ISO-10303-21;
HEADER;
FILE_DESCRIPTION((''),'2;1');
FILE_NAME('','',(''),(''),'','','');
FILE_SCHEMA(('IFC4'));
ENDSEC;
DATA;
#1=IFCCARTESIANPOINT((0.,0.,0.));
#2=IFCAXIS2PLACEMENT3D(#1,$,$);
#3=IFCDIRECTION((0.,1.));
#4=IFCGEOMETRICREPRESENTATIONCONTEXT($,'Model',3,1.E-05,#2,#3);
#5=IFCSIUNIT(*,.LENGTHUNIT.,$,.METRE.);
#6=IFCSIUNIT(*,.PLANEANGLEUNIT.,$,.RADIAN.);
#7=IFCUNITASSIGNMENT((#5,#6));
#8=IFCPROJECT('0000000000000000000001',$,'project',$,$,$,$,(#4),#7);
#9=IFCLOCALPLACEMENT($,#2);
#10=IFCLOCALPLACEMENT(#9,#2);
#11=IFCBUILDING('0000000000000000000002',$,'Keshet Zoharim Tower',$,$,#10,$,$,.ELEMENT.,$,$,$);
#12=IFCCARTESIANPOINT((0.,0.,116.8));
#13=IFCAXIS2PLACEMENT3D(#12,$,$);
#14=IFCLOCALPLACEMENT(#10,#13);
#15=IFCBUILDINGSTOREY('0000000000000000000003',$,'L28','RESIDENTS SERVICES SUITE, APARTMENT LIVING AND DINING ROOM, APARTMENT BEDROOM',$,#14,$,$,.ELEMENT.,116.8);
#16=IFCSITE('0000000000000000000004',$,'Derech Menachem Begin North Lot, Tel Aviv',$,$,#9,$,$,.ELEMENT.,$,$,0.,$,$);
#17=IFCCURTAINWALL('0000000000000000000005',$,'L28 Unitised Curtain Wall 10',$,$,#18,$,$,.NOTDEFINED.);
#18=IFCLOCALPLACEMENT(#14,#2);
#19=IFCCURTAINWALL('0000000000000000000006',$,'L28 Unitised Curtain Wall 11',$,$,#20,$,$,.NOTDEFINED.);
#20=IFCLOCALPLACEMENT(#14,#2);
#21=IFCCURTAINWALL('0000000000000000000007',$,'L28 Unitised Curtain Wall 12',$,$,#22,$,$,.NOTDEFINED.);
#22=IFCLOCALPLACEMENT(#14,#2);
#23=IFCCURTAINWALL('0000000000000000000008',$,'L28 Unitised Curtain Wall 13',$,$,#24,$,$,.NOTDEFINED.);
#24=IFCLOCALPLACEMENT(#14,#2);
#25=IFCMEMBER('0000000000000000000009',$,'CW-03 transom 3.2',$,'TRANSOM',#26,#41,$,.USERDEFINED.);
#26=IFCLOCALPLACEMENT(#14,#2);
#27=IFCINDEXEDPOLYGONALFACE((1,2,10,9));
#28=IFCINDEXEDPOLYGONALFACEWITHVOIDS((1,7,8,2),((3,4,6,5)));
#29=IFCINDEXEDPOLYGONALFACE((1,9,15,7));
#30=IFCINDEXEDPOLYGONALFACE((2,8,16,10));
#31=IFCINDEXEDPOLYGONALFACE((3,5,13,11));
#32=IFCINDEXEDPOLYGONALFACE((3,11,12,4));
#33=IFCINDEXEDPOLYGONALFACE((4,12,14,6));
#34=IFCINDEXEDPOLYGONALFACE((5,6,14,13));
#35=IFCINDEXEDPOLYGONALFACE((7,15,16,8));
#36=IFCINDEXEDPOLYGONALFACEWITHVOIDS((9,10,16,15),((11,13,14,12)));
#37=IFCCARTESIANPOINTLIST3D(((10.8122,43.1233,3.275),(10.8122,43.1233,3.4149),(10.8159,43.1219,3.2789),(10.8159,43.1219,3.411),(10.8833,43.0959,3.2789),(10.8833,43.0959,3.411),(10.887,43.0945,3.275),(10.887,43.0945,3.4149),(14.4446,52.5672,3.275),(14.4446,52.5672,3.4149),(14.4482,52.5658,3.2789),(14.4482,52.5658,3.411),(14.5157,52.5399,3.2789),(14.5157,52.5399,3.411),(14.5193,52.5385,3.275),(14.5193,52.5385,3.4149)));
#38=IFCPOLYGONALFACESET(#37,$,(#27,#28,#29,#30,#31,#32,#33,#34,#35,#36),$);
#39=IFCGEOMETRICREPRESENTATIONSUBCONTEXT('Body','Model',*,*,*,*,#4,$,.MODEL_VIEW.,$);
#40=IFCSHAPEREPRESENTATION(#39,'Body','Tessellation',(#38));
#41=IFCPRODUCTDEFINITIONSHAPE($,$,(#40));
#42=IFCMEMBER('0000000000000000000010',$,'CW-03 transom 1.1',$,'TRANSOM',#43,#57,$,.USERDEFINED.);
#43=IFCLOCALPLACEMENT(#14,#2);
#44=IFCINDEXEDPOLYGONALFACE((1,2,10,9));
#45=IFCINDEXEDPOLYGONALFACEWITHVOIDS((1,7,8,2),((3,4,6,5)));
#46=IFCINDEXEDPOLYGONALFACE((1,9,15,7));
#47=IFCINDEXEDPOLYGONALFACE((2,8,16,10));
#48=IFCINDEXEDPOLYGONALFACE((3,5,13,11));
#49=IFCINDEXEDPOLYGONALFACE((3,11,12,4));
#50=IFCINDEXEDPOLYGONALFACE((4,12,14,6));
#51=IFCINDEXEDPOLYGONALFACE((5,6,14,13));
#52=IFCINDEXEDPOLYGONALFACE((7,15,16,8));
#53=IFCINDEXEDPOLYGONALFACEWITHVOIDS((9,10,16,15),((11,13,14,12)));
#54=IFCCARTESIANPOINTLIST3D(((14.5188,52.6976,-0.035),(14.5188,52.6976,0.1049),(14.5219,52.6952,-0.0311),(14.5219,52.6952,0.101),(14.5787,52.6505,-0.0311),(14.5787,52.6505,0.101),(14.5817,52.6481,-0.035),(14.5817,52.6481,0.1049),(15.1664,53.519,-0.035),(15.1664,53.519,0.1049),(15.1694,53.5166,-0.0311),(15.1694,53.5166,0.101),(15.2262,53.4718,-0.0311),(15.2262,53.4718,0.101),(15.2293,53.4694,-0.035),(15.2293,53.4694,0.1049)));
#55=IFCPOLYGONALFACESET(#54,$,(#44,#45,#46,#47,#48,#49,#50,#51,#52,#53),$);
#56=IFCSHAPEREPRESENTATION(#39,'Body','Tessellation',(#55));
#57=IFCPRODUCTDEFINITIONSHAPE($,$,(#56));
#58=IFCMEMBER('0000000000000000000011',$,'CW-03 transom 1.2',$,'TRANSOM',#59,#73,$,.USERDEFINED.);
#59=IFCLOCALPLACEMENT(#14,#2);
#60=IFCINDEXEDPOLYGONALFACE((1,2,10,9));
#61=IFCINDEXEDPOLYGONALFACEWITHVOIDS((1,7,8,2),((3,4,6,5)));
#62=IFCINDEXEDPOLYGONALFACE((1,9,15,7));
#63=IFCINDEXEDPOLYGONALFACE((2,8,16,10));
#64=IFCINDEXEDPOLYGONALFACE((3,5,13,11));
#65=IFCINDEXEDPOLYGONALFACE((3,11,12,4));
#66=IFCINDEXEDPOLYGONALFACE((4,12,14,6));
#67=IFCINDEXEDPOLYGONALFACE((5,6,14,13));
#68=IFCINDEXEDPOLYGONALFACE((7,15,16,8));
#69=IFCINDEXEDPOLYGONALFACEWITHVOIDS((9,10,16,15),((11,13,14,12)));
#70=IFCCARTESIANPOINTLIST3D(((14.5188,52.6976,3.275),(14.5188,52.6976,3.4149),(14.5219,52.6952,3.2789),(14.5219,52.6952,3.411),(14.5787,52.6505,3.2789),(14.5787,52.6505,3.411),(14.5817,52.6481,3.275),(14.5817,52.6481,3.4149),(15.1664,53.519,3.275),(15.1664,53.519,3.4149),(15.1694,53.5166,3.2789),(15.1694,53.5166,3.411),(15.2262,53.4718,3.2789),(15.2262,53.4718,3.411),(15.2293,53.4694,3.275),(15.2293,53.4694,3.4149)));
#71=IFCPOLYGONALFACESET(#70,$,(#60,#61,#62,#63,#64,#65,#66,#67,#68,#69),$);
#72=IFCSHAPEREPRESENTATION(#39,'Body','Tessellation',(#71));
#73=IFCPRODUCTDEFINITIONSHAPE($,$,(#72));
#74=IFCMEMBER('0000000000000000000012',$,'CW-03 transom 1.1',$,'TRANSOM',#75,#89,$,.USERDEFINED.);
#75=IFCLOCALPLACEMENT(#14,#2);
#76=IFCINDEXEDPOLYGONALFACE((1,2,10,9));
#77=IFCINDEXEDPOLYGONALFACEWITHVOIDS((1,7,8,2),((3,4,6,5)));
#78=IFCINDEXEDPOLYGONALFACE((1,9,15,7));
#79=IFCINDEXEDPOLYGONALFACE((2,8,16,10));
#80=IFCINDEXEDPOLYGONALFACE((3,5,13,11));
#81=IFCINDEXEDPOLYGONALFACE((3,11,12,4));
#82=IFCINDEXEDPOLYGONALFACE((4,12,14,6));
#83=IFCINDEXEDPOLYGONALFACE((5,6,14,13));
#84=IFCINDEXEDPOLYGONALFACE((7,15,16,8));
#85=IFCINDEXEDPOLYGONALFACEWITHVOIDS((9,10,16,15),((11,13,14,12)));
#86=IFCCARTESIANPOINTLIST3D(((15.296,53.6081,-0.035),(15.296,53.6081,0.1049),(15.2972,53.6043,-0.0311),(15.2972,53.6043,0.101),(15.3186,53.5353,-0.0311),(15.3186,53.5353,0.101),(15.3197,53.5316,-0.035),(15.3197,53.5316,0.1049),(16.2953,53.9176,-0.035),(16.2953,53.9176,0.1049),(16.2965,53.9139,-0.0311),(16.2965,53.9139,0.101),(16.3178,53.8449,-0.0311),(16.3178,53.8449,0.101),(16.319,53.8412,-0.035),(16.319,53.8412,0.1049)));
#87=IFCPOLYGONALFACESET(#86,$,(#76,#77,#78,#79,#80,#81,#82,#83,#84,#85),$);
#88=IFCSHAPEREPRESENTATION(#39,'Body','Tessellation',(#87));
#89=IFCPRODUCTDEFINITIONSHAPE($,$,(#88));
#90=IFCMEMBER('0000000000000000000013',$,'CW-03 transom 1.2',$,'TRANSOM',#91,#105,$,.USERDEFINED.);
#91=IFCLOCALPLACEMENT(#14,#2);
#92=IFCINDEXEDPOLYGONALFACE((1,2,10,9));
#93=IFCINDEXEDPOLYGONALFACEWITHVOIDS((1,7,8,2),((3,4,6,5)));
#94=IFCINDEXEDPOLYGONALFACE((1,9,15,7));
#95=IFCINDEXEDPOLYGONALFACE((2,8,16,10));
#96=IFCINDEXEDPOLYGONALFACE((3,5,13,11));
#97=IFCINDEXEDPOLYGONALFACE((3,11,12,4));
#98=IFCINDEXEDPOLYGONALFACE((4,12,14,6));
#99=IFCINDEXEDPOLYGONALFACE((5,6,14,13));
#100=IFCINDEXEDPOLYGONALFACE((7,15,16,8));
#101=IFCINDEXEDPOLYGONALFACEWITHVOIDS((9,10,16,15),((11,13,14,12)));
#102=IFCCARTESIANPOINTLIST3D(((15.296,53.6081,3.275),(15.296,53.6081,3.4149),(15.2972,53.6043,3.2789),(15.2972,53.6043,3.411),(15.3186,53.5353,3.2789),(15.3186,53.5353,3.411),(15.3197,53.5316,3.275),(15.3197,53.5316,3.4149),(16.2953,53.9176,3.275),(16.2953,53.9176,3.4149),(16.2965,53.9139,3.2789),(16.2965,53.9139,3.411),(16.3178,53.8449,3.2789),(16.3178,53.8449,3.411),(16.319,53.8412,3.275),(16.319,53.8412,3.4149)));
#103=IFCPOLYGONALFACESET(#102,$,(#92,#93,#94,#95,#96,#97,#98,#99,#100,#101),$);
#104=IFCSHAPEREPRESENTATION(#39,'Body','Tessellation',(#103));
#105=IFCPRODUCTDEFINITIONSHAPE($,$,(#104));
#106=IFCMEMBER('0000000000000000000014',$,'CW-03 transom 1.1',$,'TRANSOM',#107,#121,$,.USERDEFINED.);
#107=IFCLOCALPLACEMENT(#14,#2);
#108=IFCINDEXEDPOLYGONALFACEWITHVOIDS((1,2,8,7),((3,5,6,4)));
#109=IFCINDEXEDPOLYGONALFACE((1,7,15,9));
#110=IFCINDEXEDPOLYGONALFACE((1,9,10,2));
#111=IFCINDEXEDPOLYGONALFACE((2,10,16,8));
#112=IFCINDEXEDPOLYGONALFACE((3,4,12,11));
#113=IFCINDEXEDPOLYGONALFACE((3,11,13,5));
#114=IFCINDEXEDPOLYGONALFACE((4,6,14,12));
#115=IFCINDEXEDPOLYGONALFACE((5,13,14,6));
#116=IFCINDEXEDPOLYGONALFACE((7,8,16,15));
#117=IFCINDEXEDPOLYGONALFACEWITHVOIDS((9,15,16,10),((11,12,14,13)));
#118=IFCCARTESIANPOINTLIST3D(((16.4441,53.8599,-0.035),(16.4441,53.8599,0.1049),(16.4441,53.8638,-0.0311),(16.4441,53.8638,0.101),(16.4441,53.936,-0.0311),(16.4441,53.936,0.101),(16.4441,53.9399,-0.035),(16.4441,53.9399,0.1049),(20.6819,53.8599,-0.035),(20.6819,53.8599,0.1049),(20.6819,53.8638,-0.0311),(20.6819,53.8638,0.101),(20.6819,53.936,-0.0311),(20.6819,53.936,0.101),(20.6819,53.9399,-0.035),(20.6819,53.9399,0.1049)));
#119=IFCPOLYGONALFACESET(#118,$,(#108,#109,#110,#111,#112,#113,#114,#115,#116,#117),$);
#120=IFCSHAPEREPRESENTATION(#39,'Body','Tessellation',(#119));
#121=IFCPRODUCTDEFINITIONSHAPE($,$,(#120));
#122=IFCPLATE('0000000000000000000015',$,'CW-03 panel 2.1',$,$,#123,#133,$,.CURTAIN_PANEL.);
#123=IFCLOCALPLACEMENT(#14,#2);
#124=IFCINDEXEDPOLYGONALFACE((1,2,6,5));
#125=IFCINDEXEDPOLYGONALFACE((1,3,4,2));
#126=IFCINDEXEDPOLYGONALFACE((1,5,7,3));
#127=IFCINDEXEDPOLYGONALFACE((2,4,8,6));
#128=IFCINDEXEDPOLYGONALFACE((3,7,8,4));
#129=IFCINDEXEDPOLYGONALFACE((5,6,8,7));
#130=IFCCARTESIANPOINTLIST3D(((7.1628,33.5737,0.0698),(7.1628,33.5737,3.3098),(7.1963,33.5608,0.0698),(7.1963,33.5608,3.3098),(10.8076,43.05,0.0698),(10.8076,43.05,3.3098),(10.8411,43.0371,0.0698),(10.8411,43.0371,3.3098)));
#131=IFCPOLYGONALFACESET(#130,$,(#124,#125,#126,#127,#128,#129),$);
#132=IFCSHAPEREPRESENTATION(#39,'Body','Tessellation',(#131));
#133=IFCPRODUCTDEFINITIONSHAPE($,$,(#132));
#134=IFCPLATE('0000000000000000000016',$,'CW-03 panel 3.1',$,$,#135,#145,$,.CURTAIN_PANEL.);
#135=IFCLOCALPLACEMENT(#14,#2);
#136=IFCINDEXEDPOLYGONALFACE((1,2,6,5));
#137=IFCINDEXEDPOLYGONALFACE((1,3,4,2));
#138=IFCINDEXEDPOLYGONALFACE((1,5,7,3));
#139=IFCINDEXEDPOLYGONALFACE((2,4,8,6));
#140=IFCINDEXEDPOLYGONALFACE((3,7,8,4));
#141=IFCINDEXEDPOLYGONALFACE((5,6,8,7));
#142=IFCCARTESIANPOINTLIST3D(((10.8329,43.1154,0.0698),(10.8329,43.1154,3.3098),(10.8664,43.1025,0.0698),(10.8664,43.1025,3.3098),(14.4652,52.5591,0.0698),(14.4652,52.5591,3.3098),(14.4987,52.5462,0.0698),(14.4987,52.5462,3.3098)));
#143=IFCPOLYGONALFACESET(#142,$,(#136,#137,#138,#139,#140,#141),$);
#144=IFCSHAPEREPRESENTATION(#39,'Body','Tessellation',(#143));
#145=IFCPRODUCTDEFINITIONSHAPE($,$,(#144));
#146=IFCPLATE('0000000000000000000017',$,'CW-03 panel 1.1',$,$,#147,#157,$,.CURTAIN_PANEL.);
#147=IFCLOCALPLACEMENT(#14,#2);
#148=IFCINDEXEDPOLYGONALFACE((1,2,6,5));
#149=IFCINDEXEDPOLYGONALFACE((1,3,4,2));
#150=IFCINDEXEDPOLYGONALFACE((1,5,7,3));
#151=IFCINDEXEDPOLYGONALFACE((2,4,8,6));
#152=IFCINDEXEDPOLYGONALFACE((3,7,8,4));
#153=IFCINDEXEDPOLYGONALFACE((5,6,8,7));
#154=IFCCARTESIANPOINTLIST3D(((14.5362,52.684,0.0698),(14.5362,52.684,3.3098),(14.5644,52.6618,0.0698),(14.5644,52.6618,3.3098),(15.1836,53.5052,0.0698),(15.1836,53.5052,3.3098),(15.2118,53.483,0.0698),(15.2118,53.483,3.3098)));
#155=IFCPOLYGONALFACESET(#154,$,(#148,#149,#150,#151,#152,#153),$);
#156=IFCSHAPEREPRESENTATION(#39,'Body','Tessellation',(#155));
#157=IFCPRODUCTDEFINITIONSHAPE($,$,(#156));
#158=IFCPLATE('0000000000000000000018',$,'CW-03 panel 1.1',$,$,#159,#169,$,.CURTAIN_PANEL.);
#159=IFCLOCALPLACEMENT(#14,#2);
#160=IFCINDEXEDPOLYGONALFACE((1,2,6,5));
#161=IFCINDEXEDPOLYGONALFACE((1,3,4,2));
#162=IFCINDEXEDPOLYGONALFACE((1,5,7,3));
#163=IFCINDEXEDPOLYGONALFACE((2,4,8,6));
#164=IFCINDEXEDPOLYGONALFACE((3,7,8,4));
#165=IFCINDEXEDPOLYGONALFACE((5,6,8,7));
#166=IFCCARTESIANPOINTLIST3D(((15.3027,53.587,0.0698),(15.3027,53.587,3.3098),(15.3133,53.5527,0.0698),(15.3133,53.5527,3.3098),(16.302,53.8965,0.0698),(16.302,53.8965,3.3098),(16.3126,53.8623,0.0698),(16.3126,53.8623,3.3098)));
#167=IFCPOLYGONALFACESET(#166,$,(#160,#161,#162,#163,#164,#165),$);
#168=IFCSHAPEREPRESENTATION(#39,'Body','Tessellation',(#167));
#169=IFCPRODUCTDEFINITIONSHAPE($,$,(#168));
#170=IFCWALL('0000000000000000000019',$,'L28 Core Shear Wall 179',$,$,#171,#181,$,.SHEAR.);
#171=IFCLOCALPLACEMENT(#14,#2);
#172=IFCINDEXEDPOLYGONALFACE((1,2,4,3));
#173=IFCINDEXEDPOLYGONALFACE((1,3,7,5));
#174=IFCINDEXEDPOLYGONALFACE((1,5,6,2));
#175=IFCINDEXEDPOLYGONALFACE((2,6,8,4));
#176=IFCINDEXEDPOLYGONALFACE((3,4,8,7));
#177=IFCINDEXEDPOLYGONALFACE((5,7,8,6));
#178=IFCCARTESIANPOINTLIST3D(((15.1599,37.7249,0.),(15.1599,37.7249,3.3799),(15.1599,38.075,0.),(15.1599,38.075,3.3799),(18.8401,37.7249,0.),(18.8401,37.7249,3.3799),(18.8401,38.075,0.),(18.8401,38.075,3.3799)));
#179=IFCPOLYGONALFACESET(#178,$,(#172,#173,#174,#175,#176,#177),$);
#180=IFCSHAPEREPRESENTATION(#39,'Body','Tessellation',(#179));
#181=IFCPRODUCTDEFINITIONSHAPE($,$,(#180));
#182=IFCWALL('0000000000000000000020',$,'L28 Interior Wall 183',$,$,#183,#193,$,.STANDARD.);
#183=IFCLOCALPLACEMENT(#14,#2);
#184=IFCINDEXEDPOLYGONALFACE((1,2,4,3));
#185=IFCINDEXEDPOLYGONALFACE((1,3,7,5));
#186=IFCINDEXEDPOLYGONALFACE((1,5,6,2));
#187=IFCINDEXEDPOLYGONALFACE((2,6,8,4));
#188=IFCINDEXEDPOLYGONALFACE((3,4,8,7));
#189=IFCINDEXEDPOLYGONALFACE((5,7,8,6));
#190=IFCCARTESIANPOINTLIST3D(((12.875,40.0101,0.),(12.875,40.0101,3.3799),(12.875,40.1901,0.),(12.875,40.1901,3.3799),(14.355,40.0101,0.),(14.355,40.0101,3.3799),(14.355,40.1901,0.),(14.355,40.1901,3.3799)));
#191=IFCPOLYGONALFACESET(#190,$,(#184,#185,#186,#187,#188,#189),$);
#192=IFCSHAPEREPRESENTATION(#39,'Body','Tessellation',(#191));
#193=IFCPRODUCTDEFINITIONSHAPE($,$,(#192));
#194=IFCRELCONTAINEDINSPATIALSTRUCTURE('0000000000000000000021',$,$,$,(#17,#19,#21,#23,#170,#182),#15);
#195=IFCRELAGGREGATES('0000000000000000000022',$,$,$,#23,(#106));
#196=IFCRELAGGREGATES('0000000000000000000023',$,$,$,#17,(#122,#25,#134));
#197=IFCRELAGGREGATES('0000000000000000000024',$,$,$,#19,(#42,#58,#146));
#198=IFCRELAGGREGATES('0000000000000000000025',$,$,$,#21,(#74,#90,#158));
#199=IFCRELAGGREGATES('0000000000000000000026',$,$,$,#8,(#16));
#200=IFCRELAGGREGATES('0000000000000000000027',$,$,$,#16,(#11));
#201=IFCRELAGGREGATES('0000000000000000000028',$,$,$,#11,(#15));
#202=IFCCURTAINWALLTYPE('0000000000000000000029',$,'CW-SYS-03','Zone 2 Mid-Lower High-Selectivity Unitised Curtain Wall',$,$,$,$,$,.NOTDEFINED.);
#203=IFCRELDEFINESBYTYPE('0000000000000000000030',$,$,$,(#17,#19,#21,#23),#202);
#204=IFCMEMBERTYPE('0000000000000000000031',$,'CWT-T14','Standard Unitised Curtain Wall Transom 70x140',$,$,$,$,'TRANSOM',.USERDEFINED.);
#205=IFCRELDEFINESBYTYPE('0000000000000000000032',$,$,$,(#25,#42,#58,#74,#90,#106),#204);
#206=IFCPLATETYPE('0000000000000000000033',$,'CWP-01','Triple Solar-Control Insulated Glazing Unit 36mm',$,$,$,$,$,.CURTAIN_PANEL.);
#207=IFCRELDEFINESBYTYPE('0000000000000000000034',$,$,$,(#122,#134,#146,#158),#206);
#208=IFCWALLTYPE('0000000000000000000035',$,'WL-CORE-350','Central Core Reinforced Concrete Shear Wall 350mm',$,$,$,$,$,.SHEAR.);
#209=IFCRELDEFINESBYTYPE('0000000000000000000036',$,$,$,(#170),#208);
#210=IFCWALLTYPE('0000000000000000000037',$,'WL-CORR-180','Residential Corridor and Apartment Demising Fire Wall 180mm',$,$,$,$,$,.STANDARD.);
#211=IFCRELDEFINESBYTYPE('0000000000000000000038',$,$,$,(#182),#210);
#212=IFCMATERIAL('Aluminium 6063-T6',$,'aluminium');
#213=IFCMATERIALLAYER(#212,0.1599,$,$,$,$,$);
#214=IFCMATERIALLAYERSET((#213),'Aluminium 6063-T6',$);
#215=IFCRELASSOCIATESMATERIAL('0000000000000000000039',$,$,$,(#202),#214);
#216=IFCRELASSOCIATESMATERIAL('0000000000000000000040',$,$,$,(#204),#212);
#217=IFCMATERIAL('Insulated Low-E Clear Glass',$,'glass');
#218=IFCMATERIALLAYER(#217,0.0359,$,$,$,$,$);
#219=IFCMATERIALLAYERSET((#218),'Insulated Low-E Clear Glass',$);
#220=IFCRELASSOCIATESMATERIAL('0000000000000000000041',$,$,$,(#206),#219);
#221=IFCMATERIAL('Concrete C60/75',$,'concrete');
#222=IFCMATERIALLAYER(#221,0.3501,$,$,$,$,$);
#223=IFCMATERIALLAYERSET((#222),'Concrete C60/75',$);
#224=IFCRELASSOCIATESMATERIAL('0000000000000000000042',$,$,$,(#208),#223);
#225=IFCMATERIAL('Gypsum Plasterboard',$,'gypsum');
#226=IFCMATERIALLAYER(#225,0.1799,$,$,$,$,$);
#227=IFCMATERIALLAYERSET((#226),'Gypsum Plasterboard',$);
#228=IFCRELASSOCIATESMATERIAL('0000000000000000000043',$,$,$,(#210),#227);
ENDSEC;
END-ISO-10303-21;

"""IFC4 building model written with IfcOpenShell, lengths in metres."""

from ifc_helpers import new_model, si_unit, direction, frame, frame_2d, origin, origin_2d, place, context, subcontext, project, spatial, rectangle, hollow_rectangle, extrude, material, layer, layer_set, material_profile, profile_set, type_object, element, aggregate, save


model = new_model("IFC4")

# Units and contexts
model_context = context("Model", 3, precision=1e-05, world=origin(), true_north=direction((0.0, 1.0)))
body_context = subcontext(model_context, "Body", "Model", "MODEL_VIEW")
ifc_project = project(units=[si_unit("LENGTHUNIT", "METRE"), si_unit("PLANEANGLEUNIT", "RADIAN")], contexts=[model_context])

# Site, building, storey
site_placement = place(None, origin())
site = spatial("IfcSite", under=ifc_project, at=site_placement, Name="Derech Menachem Begin North Lot, Tel Aviv", CompositionType="ELEMENT", RefElevation=0.0)
building_placement = place(site_placement, origin())
building = spatial("IfcBuilding", under=site, at=building_placement, Name="Keshet Zoharim Tower", CompositionType="ELEMENT")
storey_placement = place(building_placement, frame((0.0, 0.0, 116.8)))
storey = spatial("IfcBuildingStorey", under=building, at=storey_placement, Name="L28", Description="RESIDENTS SERVICES SUITE, APARTMENT LIVING AND DINING ROOM, APARTMENT BEDROOM", CompositionType="ELEMENT", Elevation=116.8)

# Curtain walls
ifc_material_1 = material(Name="Aluminium 6063-T6", Category="aluminium")
ifc_layer_1 = layer(ifc_material_1, 0.1599)
ifc_layer_set_1 = layer_set([ifc_layer_1], Name="Aluminium 6063-T6")
curtain_wall_type = type_object("IfcCurtainWallType", Name="CW-SYS-03", Description="Zone 2 Mid-Lower High-Selectivity Unitised Curtain Wall", PredefinedType="NOTDEFINED", material=ifc_layer_set_1)
curtain_wall_1_placement = place(storey_placement, origin())
curtain_wall_1 = element("IfcCurtainWall", 1, at=curtain_wall_1_placement, inside=storey, type_object=curtain_wall_type, Name="L28 Unitised Curtain Wall 10", PredefinedType="NOTDEFINED")
curtain_wall_2_placement = place(storey_placement, origin())
curtain_wall_2 = element("IfcCurtainWall", 2, at=curtain_wall_2_placement, inside=storey, type_object=curtain_wall_type, Name="L28 Unitised Curtain Wall 11", PredefinedType="NOTDEFINED")
curtain_wall_3_placement = place(storey_placement, origin())
curtain_wall_3 = element("IfcCurtainWall", 3, at=curtain_wall_3_placement, inside=storey, type_object=curtain_wall_type, Name="L28 Unitised Curtain Wall 12", PredefinedType="NOTDEFINED")

# Curtain wall
curtain_wall_4_placement = place(storey_placement, origin())
curtain_wall_4 = element("IfcCurtainWall", 4, at=curtain_wall_4_placement, inside=storey, type_object=curtain_wall_type, Name="L28 Unitised Curtain Wall 13", PredefinedType="NOTDEFINED")

# Members
ifc_material_profile_1 = material_profile(ifc_material_1, hollow_rectangle(XDim=0.0801, YDim=0.1399, WallThickness=0.0039, at=origin_2d()), Name="TRN-80x140")
ifc_profile_set_1 = profile_set([ifc_material_profile_1], Name="Aluminium 6063-T6")
member_type_1 = type_object("IfcMemberType", Name="CWT-T14", Description="Standard Unitised Curtain Wall Transom 70x140", ElementType="TRANSOM", PredefinedType="USERDEFINED", material=ifc_profile_set_1)
member_1_placement = place(storey_placement, frame((10.8496, 43.1089, 3.345), z_axis=(0.358986, 0.933343, 0.0), x_axis=(-0.933343, 0.358986, 0.0)))
member_1 = element("IfcMember", 5, at=member_1_placement, type_object=member_type_1, Name="CW-03 transom 3.2", ObjectType="TRANSOM", PredefinedType="USERDEFINED", context=body_context, shape_type="SweptSolid", body=[
    extrude(hollow_rectangle(XDim=0.0801, YDim=0.1399, WallThickness=0.0039, at=origin_2d()), origin(), (0.0, 0.0, 1.0), 10.1184),
])
member_2_placement = place(storey_placement, frame((14.5503, 52.6729, 0.0349), z_axis=(0.619099, 0.785313, 0.0), x_axis=(-0.785313, 0.619099, 0.0)))
member_2 = element("IfcMember", 6, at=member_2_placement, type_object=member_type_1, Name="CW-03 transom 1.1", ObjectType="TRANSOM", PredefinedType="USERDEFINED", context=body_context, shape_type="SweptSolid", body=[
    extrude(hollow_rectangle(XDim=0.0801, YDim=0.1399, WallThickness=0.0039, at=origin_2d()), origin(), (0.0, 0.0, 1.0), 1.0459),
])
member_3_placement = place(storey_placement, frame((14.5503, 52.6729, 3.345), z_axis=(0.619099, 0.785313, 0.0), x_axis=(-0.785313, 0.619099, 0.0)))
member_3 = element("IfcMember", 7, at=member_3_placement, type_object=member_type_1, Name="CW-03 transom 1.2", ObjectType="TRANSOM", PredefinedType="USERDEFINED", context=body_context, shape_type="SweptSolid", body=[
    extrude(hollow_rectangle(XDim=0.0801, YDim=0.1399, WallThickness=0.0039, at=origin_2d()), origin(), (0.0, 0.0, 1.0), 1.0459),
])
member_4_placement = place(storey_placement, frame((15.3079, 53.5698, 0.0349), z_axis=(0.955212, 0.295922, 0.0), x_axis=(-0.295922, 0.955212, 0.0)))
member_4 = element("IfcMember", 8, at=member_4_placement, type_object=member_type_1, Name="CW-03 transom 1.1", ObjectType="TRANSOM", PredefinedType="USERDEFINED", context=body_context, shape_type="SweptSolid", body=[
    extrude(hollow_rectangle(XDim=0.0801, YDim=0.1399, WallThickness=0.0039, at=origin_2d()), origin(), (0.0, 0.0, 1.0), 1.0461),
])
member_5_placement = place(storey_placement, frame((15.3079, 53.5698, 3.345), z_axis=(0.955212, 0.295922, 0.0), x_axis=(-0.295922, 0.955212, 0.0)))
member_5 = element("IfcMember", 9, at=member_5_placement, type_object=member_type_1, Name="CW-03 transom 1.2", ObjectType="TRANSOM", PredefinedType="USERDEFINED", context=body_context, shape_type="SweptSolid", body=[
    extrude(hollow_rectangle(XDim=0.0801, YDim=0.1399, WallThickness=0.0039, at=origin_2d()), origin(), (0.0, 0.0, 1.0), 1.0461),
])
member_6_placement = place(storey_placement, frame((16.4441, 53.8999, 0.0349), z_axis=(1.0, 0.0, 0.0), x_axis=(0.0, 1.0, 0.0)))
member_6 = element("IfcMember", 10, at=member_6_placement, type_object=member_type_1, Name="CW-03 transom 1.1", ObjectType="TRANSOM", PredefinedType="USERDEFINED", context=body_context, shape_type="SweptSolid", body=[
    extrude(hollow_rectangle(XDim=0.0801, YDim=0.1399, WallThickness=0.0039, at=origin_2d()), origin(), (0.0, 0.0, 1.0), 4.2378),
])
aggregate(curtain_wall_4, [member_6])

# Plates
ifc_material_2 = material(Name="Insulated Low-E Clear Glass", Category="glass")
ifc_layer_2 = layer(ifc_material_2, 0.0359)
ifc_layer_set_2 = layer_set([ifc_layer_2], Name="Insulated Low-E Clear Glass")
plate_type = type_object("IfcPlateType", Name="CWP-01", Description="Triple Solar-Control Insulated Glazing Unit 36mm", PredefinedType="CURTAIN_PANEL", material=ifc_layer_set_2)
plate_1_placement = place(storey_placement, frame((9.002, 38.3054, 0.0698), z_axis=(0.0, 0.0, 1.0), x_axis=(0.35899, 0.933341, 0.0)))
plate_1 = element("IfcPlate", 11, at=plate_1_placement, type_object=plate_type, Name="CW-03 panel 2.1", PredefinedType="CURTAIN_PANEL", context=body_context, shape_type="SweptSolid", body=[
    extrude(rectangle(XDim=10.1531, YDim=0.0359, at=origin_2d()), origin(), (0.0, 0.0, 1.0), 3.24),
])
plate_2_placement = place(storey_placement, frame((12.6658, 47.8308, 0.0698), z_axis=(0.0, 0.0, 1.0), x_axis=(0.35899, 0.933341, 0.0)))
plate_2 = element("IfcPlate", 12, at=plate_2_placement, type_object=plate_type, Name="CW-03 panel 3.1", PredefinedType="CURTAIN_PANEL", context=body_context, shape_type="SweptSolid", body=[
    extrude(rectangle(XDim=10.1182, YDim=0.0359, at=origin_2d()), origin(), (0.0, 0.0, 1.0), 3.24),
])
aggregate(curtain_wall_1, [plate_1, member_1, plate_2])
plate_3_placement = place(storey_placement, frame((14.874, 53.0835, 0.0698), z_axis=(0.0, 0.0, 1.0), x_axis=(0.619125, 0.785293, 0.0)))
plate_3 = element("IfcPlate", 13, at=plate_3_placement, type_object=plate_type, Name="CW-03 panel 1.1", PredefinedType="CURTAIN_PANEL", context=body_context, shape_type="SweptSolid", body=[
    extrude(rectangle(XDim=1.0457, YDim=0.0359, at=origin_2d()), origin(), (0.0, 0.0, 1.0), 3.24),
])
aggregate(curtain_wall_2, [member_2, member_3, plate_3])
plate_4_placement = place(storey_placement, frame((15.8076, 53.7246, 0.0698), z_axis=(0.0, 0.0, 1.0), x_axis=(0.955212, 0.295922, 0.0)))
plate_4 = element("IfcPlate", 14, at=plate_4_placement, type_object=plate_type, Name="CW-03 panel 1.1", PredefinedType="CURTAIN_PANEL", context=body_context, shape_type="SweptSolid", body=[
    extrude(rectangle(XDim=1.0461, YDim=0.0359, at=origin_2d()), origin(), (0.0, 0.0, 1.0), 3.24),
])
aggregate(curtain_wall_3, [member_4, member_5, plate_4])

# Walls
ifc_material_3 = material(Name="Concrete C60/75", Category="concrete")
ifc_layer_3 = layer(ifc_material_3, 0.3501)
ifc_layer_set_3 = layer_set([ifc_layer_3], Name="Concrete C60/75")
wall_type_1 = type_object("IfcWallType", Name="WL-CORE-350", Description="Central Core Reinforced Concrete Shear Wall 350mm", PredefinedType="SHEAR", material=ifc_layer_set_3)
wall_1_placement = place(storey_placement, frame((15.1599, 37.8999, 0.0), z_axis=(0.0, 0.0, 1.0), x_axis=(1.0, 0.0, 0.0)))
element("IfcWall", 15, at=wall_1_placement, inside=storey, type_object=wall_type_1, Name="L28 Core Shear Wall 179", PredefinedType="SHEAR", context=body_context, shape_type="SweptSolid", body=[
    extrude(rectangle(XDim=3.6802, YDim=0.3501, at=frame_2d((1.8401, 0.0))), origin(), (0.0, 0.0, 1.0), 3.3799),
])
ifc_material_4 = material(Name="Gypsum Plasterboard", Category="gypsum")
ifc_layer_4 = layer(ifc_material_4, 0.1799)
ifc_layer_set_4 = layer_set([ifc_layer_4], Name="Gypsum Plasterboard")
wall_type_2 = type_object("IfcWallType", Name="WL-CORR-180", Description="Residential Corridor and Apartment Demising Fire Wall 180mm", PredefinedType="STANDARD", material=ifc_layer_set_4)
wall_2_placement = place(storey_placement, frame((12.875, 40.1001, 0.0), z_axis=(0.0, 0.0, 1.0), x_axis=(1.0, 0.0, 0.0)))
element("IfcWall", 16, at=wall_2_placement, inside=storey, type_object=wall_type_2, Name="L28 Interior Wall 183", PredefinedType="STANDARD", context=body_context, shape_type="SweptSolid", body=[
    extrude(rectangle(XDim=1.48, YDim=0.1799, at=frame_2d((0.74, 0.0))), origin(), (0.0, 0.0, 1.0), 3.3799),
])

save(model, "model.ifc")
